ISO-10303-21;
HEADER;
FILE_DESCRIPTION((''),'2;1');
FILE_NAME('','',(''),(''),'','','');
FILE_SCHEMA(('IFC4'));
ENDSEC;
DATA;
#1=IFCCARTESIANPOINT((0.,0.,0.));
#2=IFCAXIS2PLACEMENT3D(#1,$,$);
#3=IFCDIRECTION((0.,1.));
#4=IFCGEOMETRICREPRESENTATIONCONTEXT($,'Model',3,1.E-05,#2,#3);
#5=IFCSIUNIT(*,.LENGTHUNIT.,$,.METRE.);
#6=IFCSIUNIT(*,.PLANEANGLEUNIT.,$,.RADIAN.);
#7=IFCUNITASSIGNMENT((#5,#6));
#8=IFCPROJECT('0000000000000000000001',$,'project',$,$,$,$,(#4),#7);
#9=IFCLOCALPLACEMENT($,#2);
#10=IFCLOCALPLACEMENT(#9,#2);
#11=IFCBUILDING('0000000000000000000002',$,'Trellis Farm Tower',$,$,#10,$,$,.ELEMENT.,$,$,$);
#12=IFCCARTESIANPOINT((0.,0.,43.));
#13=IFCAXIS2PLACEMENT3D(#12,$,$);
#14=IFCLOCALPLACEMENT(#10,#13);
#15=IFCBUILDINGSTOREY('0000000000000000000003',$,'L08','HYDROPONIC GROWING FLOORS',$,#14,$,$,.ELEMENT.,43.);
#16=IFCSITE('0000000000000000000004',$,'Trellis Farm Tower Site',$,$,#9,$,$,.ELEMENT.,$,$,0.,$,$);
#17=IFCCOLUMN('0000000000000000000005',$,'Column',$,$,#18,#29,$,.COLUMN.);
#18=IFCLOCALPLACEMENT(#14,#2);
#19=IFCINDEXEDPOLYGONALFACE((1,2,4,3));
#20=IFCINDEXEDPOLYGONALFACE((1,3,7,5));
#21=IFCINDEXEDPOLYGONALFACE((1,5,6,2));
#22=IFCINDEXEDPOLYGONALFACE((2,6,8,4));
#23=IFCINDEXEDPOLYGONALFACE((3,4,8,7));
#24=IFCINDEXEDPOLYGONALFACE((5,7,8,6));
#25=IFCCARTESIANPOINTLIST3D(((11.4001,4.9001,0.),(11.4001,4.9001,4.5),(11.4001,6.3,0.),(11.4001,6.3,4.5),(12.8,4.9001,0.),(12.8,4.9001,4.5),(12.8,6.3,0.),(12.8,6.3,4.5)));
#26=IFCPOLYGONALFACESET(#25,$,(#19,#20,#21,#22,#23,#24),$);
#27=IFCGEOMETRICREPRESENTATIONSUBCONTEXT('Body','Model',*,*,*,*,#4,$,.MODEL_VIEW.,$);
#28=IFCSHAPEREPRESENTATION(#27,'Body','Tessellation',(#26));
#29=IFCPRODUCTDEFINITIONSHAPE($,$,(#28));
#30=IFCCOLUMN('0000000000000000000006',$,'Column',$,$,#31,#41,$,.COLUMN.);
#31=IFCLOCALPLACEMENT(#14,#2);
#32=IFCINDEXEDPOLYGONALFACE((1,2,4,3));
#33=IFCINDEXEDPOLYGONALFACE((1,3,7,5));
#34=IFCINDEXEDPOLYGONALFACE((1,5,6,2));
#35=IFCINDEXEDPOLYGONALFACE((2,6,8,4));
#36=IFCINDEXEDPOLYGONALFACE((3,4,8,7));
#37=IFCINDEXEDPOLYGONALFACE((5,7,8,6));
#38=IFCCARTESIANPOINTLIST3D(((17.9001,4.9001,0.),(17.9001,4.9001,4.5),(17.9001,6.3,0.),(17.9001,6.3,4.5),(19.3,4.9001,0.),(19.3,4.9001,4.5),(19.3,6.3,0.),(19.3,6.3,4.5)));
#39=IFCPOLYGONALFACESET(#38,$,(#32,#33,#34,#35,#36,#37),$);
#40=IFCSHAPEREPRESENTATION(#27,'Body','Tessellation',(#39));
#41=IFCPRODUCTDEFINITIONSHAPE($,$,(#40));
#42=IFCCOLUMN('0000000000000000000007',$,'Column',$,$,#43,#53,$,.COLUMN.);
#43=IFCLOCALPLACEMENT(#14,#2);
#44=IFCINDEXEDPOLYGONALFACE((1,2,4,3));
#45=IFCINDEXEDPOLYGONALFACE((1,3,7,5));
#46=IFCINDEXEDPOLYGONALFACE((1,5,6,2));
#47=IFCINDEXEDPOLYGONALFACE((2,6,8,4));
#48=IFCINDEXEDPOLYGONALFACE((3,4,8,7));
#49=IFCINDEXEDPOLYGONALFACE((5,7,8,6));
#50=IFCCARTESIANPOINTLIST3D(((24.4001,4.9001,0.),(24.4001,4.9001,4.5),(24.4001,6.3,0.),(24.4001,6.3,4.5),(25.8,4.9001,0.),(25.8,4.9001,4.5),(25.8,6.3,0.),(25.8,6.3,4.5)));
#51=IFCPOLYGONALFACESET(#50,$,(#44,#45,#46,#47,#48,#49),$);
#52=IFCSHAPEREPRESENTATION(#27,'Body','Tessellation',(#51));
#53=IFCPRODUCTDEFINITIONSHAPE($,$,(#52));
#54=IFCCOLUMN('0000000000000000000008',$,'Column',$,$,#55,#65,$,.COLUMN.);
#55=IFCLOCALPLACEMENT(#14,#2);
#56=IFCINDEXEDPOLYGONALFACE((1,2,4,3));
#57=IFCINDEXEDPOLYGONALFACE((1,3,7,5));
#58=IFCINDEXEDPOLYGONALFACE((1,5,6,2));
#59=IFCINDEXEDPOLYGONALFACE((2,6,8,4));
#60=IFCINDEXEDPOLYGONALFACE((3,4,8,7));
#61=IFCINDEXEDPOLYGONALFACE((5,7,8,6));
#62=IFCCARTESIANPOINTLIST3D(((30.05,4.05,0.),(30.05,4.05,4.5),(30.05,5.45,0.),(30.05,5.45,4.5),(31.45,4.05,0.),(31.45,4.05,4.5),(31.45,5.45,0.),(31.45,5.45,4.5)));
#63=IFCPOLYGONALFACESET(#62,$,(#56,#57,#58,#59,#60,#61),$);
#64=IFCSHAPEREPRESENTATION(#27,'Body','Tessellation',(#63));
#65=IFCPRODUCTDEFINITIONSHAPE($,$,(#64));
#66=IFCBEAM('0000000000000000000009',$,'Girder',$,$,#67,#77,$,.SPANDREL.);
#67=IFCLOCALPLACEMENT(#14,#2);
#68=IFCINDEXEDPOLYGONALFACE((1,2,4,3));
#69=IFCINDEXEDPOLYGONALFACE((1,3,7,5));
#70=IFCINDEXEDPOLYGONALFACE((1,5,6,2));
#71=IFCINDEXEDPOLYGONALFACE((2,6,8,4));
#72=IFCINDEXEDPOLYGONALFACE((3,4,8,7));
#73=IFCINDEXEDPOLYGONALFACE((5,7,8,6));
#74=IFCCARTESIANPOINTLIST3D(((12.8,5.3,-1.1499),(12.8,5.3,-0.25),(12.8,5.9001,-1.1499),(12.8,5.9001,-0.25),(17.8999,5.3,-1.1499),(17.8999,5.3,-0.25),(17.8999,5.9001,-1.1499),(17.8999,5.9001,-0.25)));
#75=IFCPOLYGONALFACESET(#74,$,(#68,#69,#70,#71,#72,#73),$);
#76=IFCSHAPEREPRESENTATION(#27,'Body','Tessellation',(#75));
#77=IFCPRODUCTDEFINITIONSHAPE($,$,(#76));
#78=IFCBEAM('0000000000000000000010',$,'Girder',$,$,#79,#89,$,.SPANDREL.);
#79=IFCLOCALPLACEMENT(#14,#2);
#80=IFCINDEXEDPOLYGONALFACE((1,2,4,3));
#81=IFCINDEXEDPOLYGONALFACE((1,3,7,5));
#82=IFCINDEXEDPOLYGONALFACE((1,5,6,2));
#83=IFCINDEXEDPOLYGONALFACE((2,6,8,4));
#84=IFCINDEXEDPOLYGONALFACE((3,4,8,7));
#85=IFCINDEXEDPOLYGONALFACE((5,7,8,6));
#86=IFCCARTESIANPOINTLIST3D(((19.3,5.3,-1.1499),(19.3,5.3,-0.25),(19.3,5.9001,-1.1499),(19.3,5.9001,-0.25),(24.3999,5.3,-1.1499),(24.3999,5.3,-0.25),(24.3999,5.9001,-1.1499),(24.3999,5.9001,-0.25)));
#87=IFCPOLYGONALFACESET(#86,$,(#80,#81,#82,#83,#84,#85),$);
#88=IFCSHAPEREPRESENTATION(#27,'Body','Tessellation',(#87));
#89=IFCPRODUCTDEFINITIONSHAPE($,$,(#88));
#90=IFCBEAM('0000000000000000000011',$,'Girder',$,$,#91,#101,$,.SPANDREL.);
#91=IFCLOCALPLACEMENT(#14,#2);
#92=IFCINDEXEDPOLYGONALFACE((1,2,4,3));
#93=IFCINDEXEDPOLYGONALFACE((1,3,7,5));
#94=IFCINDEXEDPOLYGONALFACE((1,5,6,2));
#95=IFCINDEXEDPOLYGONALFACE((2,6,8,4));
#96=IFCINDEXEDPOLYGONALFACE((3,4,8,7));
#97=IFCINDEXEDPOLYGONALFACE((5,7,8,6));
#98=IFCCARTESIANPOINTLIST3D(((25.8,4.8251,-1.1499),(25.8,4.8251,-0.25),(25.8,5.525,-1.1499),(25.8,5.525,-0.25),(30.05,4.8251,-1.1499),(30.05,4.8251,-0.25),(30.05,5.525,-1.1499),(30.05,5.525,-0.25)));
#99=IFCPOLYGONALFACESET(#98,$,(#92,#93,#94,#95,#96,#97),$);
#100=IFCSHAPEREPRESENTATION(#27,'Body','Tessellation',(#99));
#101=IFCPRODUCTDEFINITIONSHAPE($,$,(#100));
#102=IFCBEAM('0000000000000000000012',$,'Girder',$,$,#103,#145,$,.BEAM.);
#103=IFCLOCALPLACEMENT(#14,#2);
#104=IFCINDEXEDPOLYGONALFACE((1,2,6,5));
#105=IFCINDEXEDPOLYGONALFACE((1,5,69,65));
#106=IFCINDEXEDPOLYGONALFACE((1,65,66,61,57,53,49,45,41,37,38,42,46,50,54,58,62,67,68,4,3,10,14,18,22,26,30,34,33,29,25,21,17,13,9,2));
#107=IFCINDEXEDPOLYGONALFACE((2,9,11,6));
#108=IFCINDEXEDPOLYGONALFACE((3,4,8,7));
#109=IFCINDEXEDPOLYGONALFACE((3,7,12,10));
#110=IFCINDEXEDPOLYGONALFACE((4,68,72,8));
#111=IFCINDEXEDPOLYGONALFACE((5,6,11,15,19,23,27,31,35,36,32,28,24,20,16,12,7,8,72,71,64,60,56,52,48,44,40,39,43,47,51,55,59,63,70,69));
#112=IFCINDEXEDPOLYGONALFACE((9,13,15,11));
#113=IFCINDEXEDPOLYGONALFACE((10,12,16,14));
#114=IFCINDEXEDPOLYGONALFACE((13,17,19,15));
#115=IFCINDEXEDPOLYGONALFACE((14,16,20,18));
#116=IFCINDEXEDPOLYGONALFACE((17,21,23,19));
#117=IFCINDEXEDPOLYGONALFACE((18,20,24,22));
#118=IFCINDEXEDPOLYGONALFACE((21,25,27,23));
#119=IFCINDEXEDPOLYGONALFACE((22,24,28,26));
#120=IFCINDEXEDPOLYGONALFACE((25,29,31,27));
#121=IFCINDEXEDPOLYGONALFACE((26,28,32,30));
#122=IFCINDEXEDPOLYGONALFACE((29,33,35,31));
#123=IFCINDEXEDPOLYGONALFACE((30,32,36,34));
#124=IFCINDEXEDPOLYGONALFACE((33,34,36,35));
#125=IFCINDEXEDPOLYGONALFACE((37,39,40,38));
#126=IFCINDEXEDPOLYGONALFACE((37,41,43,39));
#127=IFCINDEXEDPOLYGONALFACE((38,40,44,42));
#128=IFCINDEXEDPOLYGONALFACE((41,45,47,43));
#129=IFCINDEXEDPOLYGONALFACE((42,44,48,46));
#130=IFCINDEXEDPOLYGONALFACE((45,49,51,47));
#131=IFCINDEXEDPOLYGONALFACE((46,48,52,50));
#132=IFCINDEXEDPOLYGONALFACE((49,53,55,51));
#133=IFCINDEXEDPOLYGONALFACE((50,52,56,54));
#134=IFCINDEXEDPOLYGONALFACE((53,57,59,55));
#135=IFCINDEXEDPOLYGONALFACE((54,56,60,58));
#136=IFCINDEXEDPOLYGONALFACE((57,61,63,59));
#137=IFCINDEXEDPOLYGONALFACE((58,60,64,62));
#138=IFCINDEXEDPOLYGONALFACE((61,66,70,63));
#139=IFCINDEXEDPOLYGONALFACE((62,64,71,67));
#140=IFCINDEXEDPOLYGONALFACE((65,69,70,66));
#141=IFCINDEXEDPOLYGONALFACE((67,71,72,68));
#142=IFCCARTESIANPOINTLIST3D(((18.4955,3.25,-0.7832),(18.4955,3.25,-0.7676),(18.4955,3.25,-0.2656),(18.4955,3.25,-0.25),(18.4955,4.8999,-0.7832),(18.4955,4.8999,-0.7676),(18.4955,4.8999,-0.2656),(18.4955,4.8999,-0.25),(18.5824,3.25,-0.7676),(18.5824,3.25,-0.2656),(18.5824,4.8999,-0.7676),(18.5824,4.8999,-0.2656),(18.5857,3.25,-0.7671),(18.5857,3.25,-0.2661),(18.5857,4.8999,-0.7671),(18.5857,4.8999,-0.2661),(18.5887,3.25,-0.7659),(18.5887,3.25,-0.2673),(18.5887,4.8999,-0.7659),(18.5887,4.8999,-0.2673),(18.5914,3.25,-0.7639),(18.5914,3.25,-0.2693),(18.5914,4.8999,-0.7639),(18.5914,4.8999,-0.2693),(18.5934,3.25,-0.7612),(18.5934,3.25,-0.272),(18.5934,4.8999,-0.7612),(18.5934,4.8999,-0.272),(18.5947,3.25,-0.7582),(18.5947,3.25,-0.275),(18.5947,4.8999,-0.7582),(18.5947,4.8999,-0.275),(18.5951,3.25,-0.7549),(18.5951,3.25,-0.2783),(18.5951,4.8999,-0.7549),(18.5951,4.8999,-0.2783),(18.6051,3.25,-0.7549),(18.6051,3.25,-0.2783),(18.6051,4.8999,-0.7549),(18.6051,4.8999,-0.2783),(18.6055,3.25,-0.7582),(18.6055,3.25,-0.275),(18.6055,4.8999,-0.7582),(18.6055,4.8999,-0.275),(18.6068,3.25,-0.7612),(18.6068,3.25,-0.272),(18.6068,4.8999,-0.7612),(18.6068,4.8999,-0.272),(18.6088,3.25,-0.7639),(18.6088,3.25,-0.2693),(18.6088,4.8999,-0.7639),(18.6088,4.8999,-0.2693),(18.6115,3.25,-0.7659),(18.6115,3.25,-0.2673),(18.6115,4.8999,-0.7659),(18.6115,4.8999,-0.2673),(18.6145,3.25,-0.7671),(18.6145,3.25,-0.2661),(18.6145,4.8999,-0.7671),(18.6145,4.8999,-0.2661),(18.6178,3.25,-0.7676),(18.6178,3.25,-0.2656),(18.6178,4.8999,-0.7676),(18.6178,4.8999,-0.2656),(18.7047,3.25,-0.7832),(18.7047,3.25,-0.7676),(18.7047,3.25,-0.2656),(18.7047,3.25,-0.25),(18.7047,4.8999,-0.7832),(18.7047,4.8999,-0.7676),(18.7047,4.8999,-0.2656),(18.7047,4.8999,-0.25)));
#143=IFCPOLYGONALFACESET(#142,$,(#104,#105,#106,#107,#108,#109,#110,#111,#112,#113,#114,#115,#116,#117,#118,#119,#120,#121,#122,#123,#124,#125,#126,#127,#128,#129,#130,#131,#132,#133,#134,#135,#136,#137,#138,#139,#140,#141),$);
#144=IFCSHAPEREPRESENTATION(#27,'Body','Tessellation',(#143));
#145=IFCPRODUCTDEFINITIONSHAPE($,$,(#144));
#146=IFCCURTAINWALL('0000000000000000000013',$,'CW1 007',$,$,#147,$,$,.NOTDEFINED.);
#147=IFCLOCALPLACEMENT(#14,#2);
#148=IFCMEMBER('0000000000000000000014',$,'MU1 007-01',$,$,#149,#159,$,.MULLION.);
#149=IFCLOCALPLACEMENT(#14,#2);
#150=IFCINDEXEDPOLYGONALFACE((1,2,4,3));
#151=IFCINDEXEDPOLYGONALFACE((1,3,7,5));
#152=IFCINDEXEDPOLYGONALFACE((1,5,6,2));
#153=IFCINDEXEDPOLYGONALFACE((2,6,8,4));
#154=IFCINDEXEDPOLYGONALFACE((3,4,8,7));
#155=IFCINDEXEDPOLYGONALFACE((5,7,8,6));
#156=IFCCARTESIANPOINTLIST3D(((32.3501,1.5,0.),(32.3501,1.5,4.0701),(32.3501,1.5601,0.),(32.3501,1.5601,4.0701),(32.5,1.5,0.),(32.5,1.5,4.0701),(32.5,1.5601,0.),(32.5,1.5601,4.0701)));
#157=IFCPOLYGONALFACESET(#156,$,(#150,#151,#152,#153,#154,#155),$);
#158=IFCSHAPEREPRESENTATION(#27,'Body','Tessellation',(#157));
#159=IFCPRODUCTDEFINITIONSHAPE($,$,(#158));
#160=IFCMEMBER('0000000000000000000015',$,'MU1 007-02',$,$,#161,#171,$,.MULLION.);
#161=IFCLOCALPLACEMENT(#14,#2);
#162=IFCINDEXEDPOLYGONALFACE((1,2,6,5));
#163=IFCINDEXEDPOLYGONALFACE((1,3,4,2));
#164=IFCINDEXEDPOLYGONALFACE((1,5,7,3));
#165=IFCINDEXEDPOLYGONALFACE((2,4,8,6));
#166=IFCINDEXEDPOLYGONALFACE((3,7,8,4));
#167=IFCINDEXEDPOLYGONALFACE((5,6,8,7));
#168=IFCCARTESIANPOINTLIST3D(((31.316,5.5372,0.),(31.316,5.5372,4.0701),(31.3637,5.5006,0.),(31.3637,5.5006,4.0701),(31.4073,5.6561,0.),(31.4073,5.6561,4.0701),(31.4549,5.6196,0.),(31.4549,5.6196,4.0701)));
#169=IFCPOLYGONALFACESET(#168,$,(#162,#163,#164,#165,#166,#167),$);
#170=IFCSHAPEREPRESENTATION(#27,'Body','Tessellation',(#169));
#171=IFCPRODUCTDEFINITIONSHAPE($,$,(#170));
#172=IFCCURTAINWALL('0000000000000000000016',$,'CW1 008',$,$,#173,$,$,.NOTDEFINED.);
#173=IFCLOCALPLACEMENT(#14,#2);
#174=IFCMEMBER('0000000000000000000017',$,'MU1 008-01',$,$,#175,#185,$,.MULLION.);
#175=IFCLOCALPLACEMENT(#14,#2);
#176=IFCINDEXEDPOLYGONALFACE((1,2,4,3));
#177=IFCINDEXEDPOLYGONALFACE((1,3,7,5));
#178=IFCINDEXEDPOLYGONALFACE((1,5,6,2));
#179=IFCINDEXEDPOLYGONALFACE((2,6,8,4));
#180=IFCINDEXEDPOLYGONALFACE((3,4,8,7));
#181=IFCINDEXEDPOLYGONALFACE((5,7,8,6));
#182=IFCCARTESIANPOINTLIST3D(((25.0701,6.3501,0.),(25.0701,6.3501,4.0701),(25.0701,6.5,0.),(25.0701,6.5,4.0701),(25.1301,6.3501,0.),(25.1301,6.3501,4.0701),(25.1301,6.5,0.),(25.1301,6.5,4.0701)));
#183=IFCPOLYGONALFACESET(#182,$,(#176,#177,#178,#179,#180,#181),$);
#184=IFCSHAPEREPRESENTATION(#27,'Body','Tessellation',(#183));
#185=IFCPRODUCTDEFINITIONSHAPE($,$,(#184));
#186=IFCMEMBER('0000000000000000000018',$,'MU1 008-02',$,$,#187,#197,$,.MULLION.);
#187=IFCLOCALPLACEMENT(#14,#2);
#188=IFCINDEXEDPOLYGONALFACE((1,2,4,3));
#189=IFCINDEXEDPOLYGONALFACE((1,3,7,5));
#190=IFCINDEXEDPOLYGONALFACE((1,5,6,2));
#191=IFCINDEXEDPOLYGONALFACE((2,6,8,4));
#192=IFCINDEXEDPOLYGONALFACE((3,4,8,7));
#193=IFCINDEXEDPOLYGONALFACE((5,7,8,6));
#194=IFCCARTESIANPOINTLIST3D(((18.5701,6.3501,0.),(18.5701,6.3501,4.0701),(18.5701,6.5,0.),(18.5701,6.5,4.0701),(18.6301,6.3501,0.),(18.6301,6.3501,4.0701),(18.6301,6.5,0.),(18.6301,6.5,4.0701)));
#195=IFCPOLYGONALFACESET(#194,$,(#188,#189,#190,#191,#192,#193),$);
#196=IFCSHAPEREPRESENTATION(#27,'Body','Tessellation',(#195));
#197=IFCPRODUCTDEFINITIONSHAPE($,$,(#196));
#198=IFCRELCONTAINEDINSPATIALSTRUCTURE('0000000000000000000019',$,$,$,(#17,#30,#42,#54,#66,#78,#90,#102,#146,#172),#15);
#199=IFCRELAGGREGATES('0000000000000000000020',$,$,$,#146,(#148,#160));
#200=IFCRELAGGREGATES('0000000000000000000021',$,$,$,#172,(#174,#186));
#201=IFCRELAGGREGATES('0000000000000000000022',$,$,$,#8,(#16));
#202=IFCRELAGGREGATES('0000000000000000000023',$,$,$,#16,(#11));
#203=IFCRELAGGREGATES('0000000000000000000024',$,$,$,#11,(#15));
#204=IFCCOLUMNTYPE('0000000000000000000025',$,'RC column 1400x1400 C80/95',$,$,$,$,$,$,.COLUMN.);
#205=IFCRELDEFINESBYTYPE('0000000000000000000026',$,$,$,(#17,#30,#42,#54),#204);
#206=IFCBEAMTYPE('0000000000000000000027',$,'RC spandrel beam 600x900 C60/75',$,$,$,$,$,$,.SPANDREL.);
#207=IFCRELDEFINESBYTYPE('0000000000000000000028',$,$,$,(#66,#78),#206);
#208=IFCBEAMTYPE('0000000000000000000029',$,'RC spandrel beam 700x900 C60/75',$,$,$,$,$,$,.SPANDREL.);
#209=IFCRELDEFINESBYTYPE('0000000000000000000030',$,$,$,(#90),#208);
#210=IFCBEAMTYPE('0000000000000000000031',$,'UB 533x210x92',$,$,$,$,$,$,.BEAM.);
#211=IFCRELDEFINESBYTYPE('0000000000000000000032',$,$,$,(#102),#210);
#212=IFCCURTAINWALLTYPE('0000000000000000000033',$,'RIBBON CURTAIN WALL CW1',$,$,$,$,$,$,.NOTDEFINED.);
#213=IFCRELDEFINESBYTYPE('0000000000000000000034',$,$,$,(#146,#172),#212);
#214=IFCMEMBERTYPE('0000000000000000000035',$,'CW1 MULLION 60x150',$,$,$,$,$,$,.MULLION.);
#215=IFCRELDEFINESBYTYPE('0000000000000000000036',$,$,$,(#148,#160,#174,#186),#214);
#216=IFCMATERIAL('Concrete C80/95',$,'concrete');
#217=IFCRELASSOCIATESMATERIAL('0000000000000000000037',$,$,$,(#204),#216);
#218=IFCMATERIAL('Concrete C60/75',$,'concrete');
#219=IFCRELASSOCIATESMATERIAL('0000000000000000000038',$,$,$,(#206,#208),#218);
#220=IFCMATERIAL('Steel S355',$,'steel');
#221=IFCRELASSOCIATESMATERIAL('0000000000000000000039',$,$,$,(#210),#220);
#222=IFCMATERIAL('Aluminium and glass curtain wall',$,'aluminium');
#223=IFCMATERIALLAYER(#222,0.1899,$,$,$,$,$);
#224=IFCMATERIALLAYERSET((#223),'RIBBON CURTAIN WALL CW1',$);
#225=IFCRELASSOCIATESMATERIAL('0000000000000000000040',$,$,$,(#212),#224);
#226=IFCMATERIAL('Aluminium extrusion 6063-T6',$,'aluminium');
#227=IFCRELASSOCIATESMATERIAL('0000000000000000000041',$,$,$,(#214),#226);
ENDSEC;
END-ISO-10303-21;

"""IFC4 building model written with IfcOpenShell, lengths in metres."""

from ifc_helpers import new_model, si_unit, direction, frame, origin, origin_2d, place, context, subcontext, project, spatial, rectangle, i_section, extrude, source, transform, mapped, material, layer, layer_set, material_profile, profile_set, type_object, element, aggregate, save


model = new_model("IFC4")

# Units and contexts
model_context = context("Model", 3, precision=1e-05, world=origin(), true_north=direction((0.0, 1.0)))
body_context = subcontext(model_context, "Body", "Model", "MODEL_VIEW")
ifc_project = project(units=[si_unit("LENGTHUNIT", "METRE"), si_unit("PLANEANGLEUNIT", "RADIAN")], contexts=[model_context])

# Site, building, storey
site_placement = place(None, origin())
site = spatial("IfcSite", under=ifc_project, at=site_placement, Name="Trellis Farm Tower Site", CompositionType="ELEMENT", RefElevation=0.0)
building_placement = place(site_placement, origin())
building = spatial("IfcBuilding", under=site, at=building_placement, Name="Trellis Farm Tower", CompositionType="ELEMENT")
storey_placement = place(building_placement, frame((0.0, 0.0, 43.0)))
storey = spatial("IfcBuildingStorey", under=building, at=storey_placement, Name="L08", Description="HYDROPONIC GROWING FLOORS", CompositionType="ELEMENT", Elevation=43.0)

# Columns
ifc_material_1 = material(Name="Concrete C80/95", Category="concrete")
ifc_material_profile_1 = material_profile(ifc_material_1, rectangle(XDim=1.3999, YDim=1.3999, at=origin_2d()), Name="RC column 1400x1400 C80/95")
ifc_profile_set_1 = profile_set([ifc_material_profile_1], Name="Concrete C80/95")
column_type = type_object("IfcColumnType", Name="RC column 1400x1400 C80/95", PredefinedType="COLUMN", material=ifc_profile_set_1)
shared_shape_1 = source(origin(), body_context, "Body", "SweptSolid", [
    extrude(rectangle(XDim=1.3999, YDim=1.3999, at=origin_2d()), origin(), (0.0, 0.0, 1.0), 4.5),
])
for number, where, z_axis, x_axis, name in (
    (1, (12.1001, 5.6001, 0.0), (0.0, 0.0, 1.0), (1.0, 0.0, 0.0), "Column"),
    (2, (18.6001, 5.6001, 0.0), (0.0, 0.0, 1.0), (1.0, 0.0, 0.0), "Column"),
    (3, (25.1001, 5.6001, 0.0), (0.0, 0.0, 1.0), (1.0, 0.0, 0.0), "Column"),
    (4, (30.75, 4.75, 0.0), (0.0, 0.0, 1.0), (1.0, 0.0, 0.0), "Column"),
):
    element("IfcColumn", number, at=place(storey_placement, frame(where, z_axis=z_axis, x_axis=x_axis)), inside=storey, type_object=column_type, Name=name, PredefinedType="COLUMN", context=body_context, shape_type="MappedRepresentation", body=[
        mapped(shared_shape_1, transform((0.0, 0.0, 0.0))),
    ])

# Beams
ifc_material_2 = material(Name="Concrete C60/75", Category="concrete")
ifc_material_profile_2 = material_profile(ifc_material_2, rectangle(XDim=0.6001, YDim=0.8999, at=origin_2d()), Name="RC spandrel beam 600x900 C60/75")
ifc_profile_set_2 = profile_set([ifc_material_profile_2], Name="Concrete C60/75")
beam_type_1 = type_object("IfcBeamType", Name="RC spandrel beam 600x900 C60/75", PredefinedType="SPANDREL", material=ifc_profile_set_2)
shared_shape_2 = source(origin(), body_context, "Body", "SweptSolid", [
    extrude(rectangle(XDim=0.6001, YDim=0.8999, at=origin_2d()), origin(), (0.0, 0.0, 1.0), 5.0999),
])
for number, where, z_axis, x_axis, name in (
    (5, (12.8, 5.6001, -0.7), (1.0, 0.0, 0.0), (0.0, 1.0, 0.0), "Girder"),
    (6, (19.3, 5.6001, -0.7), (1.0, 0.0, 0.0), (0.0, 1.0, 0.0), "Girder"),
):
    element("IfcBeam", number, at=place(storey_placement, frame(where, z_axis=z_axis, x_axis=x_axis)), inside=storey, type_object=beam_type_1, Name=name, PredefinedType="SPANDREL", context=body_context, shape_type="MappedRepresentation", body=[
        mapped(shared_shape_2, transform((0.0, 0.0, 0.0))),
    ])
ifc_material_profile_3 = material_profile(ifc_material_2, rectangle(XDim=0.7, YDim=0.8999, at=origin_2d()), Name="RC spandrel beam 700x900 C60/75")
ifc_profile_set_3 = profile_set([ifc_material_profile_3], Name="Concrete C60/75")
beam_type_2 = type_object("IfcBeamType", Name="RC spandrel beam 700x900 C60/75", PredefinedType="SPANDREL", material=ifc_profile_set_3)
shared_shape_3 = source(origin(), body_context, "Body", "SweptSolid", [
    extrude(rectangle(XDim=0.7, YDim=0.8999, at=origin_2d()), origin(), (0.0, 0.0, 1.0), 4.25),
])
beam_1_placement = place(storey_placement, frame((25.8, 5.175, -0.7), z_axis=(1.0, 0.0, 0.0), x_axis=(0.0, 1.0, 0.0)))
element("IfcBeam", 7, at=beam_1_placement, inside=storey, type_object=beam_type_2, Name="Girder", PredefinedType="SPANDREL", context=body_context, shape_type="MappedRepresentation", body=[
    mapped(shared_shape_3, transform((0.0, 0.0, 0.0))),
])
ifc_material_3 = material(Name="Steel S355", Category="steel")
ifc_material_profile_4 = material_profile(ifc_material_3, i_section(OverallWidth=0.2092, OverallDepth=0.5332, WebThickness=0.01, FlangeThickness=0.0156, FilletRadius=0.0127, at=origin_2d()), Name="UB 533x210x92")
ifc_profile_set_4 = profile_set([ifc_material_profile_4], Name="Steel S355")
beam_type_3 = type_object("IfcBeamType", Name="UB 533x210x92", PredefinedType="BEAM", material=ifc_profile_set_4)
shared_shape_4 = source(origin(), body_context, "Body", "SweptSolid", [
    extrude(i_section(OverallWidth=0.2092, OverallDepth=0.5332, WebThickness=0.01, FlangeThickness=0.0156, FilletRadius=0.0127, at=origin_2d()), origin(), (0.0, 0.0, 1.0), 1.6499),
])
beam_2_placement = place(storey_placement, frame((18.6001, 3.25, -0.5166), z_axis=(0.0, 1.0, 0.0), x_axis=(-1.0, 0.0, 0.0)))
element("IfcBeam", 8, at=beam_2_placement, inside=storey, type_object=beam_type_3, Name="Girder", PredefinedType="BEAM", context=body_context, shape_type="MappedRepresentation", body=[
    mapped(shared_shape_4, transform((0.0, 0.0, 0.0))),
])

# Curtain walls, members
ifc_material_4 = material(Name="Aluminium and glass curtain wall", Category="aluminium")
ifc_layer_1 = layer(ifc_material_4, 0.1899)
ifc_layer_set_1 = layer_set([ifc_layer_1], Name="RIBBON CURTAIN WALL CW1")
curtain_wall_type = type_object("IfcCurtainWallType", Name="RIBBON CURTAIN WALL CW1", PredefinedType="NOTDEFINED", material=ifc_layer_set_1)
placement = place(storey_placement, origin())
curtain_wall_1 = element("IfcCurtainWall", 9, at=placement, inside=storey, type_object=curtain_wall_type, Name="CW1 007", PredefinedType="NOTDEFINED")
ifc_material_5 = material(Name="Aluminium extrusion 6063-T6", Category="aluminium")
ifc_material_profile_5 = material_profile(ifc_material_5, rectangle(XDim=0.0601, YDim=0.1499, at=origin_2d()), Name="MULLION 60x150")
ifc_profile_set_5 = profile_set([ifc_material_profile_5], Name="Aluminium extrusion 6063-T6")
member_type = type_object("IfcMemberType", Name="CW1 MULLION 60x150", PredefinedType="MULLION", material=ifc_profile_set_5)
shared_shape_5 = source(origin(), body_context, "Body", "SweptSolid", [
    extrude(rectangle(XDim=0.0601, YDim=0.1499, at=origin_2d()), origin(), (0.0, 0.0, 1.0), 4.0701),
])
member_1_placement = place(storey_placement, frame((32.425, 1.53, 0.0), z_axis=(0.0, 0.0, 1.0), x_axis=(0.0, 1.0, 0.0)))
member_1 = element("IfcMember", 10, at=member_1_placement, type_object=member_type, Name="MU1 007-01", PredefinedType="MULLION", context=body_context, shape_type="MappedRepresentation", body=[
    mapped(shared_shape_5, transform((0.0, 0.0, 0.0))),
])
member_2_placement = place(storey_placement, frame((31.3855, 5.5784, 0.0), z_axis=(0.0, 0.0, 1.0), x_axis=(-0.793353, 0.608761, 0.0)))
member_2 = element("IfcMember", 11, at=member_2_placement, type_object=member_type, Name="MU1 007-02", PredefinedType="MULLION", context=body_context, shape_type="MappedRepresentation", body=[
    mapped(shared_shape_5, transform((0.0, 0.0, 0.0))),
])
aggregate(curtain_wall_1, [member_1, member_2])
curtain_wall_2 = element("IfcCurtainWall", 12, at=placement, inside=storey, type_object=curtain_wall_type, Name="CW1 008", PredefinedType="NOTDEFINED")
member_3_placement = place(storey_placement, frame((25.1001, 6.425, 0.0), z_axis=(0.0, 0.0, 1.0), x_axis=(-1.0, 0.0, 0.0)))
member_3 = element("IfcMember", 13, at=member_3_placement, type_object=member_type, Name="MU1 008-01", PredefinedType="MULLION", context=body_context, shape_type="MappedRepresentation", body=[
    mapped(shared_shape_5, transform((0.0, 0.0, 0.0))),
])
member_4_placement = place(storey_placement, frame((18.6001, 6.425, 0.0), z_axis=(0.0, 0.0, 1.0), x_axis=(-1.0, 0.0, 0.0)))
member_4 = element("IfcMember", 14, at=member_4_placement, type_object=member_type, Name="MU1 008-02", PredefinedType="MULLION", context=body_context, shape_type="MappedRepresentation", body=[
    mapped(shared_shape_5, transform((0.0, 0.0, 0.0))),
])
aggregate(curtain_wall_2, [member_3, member_4])

save(model, "model.ifc")
